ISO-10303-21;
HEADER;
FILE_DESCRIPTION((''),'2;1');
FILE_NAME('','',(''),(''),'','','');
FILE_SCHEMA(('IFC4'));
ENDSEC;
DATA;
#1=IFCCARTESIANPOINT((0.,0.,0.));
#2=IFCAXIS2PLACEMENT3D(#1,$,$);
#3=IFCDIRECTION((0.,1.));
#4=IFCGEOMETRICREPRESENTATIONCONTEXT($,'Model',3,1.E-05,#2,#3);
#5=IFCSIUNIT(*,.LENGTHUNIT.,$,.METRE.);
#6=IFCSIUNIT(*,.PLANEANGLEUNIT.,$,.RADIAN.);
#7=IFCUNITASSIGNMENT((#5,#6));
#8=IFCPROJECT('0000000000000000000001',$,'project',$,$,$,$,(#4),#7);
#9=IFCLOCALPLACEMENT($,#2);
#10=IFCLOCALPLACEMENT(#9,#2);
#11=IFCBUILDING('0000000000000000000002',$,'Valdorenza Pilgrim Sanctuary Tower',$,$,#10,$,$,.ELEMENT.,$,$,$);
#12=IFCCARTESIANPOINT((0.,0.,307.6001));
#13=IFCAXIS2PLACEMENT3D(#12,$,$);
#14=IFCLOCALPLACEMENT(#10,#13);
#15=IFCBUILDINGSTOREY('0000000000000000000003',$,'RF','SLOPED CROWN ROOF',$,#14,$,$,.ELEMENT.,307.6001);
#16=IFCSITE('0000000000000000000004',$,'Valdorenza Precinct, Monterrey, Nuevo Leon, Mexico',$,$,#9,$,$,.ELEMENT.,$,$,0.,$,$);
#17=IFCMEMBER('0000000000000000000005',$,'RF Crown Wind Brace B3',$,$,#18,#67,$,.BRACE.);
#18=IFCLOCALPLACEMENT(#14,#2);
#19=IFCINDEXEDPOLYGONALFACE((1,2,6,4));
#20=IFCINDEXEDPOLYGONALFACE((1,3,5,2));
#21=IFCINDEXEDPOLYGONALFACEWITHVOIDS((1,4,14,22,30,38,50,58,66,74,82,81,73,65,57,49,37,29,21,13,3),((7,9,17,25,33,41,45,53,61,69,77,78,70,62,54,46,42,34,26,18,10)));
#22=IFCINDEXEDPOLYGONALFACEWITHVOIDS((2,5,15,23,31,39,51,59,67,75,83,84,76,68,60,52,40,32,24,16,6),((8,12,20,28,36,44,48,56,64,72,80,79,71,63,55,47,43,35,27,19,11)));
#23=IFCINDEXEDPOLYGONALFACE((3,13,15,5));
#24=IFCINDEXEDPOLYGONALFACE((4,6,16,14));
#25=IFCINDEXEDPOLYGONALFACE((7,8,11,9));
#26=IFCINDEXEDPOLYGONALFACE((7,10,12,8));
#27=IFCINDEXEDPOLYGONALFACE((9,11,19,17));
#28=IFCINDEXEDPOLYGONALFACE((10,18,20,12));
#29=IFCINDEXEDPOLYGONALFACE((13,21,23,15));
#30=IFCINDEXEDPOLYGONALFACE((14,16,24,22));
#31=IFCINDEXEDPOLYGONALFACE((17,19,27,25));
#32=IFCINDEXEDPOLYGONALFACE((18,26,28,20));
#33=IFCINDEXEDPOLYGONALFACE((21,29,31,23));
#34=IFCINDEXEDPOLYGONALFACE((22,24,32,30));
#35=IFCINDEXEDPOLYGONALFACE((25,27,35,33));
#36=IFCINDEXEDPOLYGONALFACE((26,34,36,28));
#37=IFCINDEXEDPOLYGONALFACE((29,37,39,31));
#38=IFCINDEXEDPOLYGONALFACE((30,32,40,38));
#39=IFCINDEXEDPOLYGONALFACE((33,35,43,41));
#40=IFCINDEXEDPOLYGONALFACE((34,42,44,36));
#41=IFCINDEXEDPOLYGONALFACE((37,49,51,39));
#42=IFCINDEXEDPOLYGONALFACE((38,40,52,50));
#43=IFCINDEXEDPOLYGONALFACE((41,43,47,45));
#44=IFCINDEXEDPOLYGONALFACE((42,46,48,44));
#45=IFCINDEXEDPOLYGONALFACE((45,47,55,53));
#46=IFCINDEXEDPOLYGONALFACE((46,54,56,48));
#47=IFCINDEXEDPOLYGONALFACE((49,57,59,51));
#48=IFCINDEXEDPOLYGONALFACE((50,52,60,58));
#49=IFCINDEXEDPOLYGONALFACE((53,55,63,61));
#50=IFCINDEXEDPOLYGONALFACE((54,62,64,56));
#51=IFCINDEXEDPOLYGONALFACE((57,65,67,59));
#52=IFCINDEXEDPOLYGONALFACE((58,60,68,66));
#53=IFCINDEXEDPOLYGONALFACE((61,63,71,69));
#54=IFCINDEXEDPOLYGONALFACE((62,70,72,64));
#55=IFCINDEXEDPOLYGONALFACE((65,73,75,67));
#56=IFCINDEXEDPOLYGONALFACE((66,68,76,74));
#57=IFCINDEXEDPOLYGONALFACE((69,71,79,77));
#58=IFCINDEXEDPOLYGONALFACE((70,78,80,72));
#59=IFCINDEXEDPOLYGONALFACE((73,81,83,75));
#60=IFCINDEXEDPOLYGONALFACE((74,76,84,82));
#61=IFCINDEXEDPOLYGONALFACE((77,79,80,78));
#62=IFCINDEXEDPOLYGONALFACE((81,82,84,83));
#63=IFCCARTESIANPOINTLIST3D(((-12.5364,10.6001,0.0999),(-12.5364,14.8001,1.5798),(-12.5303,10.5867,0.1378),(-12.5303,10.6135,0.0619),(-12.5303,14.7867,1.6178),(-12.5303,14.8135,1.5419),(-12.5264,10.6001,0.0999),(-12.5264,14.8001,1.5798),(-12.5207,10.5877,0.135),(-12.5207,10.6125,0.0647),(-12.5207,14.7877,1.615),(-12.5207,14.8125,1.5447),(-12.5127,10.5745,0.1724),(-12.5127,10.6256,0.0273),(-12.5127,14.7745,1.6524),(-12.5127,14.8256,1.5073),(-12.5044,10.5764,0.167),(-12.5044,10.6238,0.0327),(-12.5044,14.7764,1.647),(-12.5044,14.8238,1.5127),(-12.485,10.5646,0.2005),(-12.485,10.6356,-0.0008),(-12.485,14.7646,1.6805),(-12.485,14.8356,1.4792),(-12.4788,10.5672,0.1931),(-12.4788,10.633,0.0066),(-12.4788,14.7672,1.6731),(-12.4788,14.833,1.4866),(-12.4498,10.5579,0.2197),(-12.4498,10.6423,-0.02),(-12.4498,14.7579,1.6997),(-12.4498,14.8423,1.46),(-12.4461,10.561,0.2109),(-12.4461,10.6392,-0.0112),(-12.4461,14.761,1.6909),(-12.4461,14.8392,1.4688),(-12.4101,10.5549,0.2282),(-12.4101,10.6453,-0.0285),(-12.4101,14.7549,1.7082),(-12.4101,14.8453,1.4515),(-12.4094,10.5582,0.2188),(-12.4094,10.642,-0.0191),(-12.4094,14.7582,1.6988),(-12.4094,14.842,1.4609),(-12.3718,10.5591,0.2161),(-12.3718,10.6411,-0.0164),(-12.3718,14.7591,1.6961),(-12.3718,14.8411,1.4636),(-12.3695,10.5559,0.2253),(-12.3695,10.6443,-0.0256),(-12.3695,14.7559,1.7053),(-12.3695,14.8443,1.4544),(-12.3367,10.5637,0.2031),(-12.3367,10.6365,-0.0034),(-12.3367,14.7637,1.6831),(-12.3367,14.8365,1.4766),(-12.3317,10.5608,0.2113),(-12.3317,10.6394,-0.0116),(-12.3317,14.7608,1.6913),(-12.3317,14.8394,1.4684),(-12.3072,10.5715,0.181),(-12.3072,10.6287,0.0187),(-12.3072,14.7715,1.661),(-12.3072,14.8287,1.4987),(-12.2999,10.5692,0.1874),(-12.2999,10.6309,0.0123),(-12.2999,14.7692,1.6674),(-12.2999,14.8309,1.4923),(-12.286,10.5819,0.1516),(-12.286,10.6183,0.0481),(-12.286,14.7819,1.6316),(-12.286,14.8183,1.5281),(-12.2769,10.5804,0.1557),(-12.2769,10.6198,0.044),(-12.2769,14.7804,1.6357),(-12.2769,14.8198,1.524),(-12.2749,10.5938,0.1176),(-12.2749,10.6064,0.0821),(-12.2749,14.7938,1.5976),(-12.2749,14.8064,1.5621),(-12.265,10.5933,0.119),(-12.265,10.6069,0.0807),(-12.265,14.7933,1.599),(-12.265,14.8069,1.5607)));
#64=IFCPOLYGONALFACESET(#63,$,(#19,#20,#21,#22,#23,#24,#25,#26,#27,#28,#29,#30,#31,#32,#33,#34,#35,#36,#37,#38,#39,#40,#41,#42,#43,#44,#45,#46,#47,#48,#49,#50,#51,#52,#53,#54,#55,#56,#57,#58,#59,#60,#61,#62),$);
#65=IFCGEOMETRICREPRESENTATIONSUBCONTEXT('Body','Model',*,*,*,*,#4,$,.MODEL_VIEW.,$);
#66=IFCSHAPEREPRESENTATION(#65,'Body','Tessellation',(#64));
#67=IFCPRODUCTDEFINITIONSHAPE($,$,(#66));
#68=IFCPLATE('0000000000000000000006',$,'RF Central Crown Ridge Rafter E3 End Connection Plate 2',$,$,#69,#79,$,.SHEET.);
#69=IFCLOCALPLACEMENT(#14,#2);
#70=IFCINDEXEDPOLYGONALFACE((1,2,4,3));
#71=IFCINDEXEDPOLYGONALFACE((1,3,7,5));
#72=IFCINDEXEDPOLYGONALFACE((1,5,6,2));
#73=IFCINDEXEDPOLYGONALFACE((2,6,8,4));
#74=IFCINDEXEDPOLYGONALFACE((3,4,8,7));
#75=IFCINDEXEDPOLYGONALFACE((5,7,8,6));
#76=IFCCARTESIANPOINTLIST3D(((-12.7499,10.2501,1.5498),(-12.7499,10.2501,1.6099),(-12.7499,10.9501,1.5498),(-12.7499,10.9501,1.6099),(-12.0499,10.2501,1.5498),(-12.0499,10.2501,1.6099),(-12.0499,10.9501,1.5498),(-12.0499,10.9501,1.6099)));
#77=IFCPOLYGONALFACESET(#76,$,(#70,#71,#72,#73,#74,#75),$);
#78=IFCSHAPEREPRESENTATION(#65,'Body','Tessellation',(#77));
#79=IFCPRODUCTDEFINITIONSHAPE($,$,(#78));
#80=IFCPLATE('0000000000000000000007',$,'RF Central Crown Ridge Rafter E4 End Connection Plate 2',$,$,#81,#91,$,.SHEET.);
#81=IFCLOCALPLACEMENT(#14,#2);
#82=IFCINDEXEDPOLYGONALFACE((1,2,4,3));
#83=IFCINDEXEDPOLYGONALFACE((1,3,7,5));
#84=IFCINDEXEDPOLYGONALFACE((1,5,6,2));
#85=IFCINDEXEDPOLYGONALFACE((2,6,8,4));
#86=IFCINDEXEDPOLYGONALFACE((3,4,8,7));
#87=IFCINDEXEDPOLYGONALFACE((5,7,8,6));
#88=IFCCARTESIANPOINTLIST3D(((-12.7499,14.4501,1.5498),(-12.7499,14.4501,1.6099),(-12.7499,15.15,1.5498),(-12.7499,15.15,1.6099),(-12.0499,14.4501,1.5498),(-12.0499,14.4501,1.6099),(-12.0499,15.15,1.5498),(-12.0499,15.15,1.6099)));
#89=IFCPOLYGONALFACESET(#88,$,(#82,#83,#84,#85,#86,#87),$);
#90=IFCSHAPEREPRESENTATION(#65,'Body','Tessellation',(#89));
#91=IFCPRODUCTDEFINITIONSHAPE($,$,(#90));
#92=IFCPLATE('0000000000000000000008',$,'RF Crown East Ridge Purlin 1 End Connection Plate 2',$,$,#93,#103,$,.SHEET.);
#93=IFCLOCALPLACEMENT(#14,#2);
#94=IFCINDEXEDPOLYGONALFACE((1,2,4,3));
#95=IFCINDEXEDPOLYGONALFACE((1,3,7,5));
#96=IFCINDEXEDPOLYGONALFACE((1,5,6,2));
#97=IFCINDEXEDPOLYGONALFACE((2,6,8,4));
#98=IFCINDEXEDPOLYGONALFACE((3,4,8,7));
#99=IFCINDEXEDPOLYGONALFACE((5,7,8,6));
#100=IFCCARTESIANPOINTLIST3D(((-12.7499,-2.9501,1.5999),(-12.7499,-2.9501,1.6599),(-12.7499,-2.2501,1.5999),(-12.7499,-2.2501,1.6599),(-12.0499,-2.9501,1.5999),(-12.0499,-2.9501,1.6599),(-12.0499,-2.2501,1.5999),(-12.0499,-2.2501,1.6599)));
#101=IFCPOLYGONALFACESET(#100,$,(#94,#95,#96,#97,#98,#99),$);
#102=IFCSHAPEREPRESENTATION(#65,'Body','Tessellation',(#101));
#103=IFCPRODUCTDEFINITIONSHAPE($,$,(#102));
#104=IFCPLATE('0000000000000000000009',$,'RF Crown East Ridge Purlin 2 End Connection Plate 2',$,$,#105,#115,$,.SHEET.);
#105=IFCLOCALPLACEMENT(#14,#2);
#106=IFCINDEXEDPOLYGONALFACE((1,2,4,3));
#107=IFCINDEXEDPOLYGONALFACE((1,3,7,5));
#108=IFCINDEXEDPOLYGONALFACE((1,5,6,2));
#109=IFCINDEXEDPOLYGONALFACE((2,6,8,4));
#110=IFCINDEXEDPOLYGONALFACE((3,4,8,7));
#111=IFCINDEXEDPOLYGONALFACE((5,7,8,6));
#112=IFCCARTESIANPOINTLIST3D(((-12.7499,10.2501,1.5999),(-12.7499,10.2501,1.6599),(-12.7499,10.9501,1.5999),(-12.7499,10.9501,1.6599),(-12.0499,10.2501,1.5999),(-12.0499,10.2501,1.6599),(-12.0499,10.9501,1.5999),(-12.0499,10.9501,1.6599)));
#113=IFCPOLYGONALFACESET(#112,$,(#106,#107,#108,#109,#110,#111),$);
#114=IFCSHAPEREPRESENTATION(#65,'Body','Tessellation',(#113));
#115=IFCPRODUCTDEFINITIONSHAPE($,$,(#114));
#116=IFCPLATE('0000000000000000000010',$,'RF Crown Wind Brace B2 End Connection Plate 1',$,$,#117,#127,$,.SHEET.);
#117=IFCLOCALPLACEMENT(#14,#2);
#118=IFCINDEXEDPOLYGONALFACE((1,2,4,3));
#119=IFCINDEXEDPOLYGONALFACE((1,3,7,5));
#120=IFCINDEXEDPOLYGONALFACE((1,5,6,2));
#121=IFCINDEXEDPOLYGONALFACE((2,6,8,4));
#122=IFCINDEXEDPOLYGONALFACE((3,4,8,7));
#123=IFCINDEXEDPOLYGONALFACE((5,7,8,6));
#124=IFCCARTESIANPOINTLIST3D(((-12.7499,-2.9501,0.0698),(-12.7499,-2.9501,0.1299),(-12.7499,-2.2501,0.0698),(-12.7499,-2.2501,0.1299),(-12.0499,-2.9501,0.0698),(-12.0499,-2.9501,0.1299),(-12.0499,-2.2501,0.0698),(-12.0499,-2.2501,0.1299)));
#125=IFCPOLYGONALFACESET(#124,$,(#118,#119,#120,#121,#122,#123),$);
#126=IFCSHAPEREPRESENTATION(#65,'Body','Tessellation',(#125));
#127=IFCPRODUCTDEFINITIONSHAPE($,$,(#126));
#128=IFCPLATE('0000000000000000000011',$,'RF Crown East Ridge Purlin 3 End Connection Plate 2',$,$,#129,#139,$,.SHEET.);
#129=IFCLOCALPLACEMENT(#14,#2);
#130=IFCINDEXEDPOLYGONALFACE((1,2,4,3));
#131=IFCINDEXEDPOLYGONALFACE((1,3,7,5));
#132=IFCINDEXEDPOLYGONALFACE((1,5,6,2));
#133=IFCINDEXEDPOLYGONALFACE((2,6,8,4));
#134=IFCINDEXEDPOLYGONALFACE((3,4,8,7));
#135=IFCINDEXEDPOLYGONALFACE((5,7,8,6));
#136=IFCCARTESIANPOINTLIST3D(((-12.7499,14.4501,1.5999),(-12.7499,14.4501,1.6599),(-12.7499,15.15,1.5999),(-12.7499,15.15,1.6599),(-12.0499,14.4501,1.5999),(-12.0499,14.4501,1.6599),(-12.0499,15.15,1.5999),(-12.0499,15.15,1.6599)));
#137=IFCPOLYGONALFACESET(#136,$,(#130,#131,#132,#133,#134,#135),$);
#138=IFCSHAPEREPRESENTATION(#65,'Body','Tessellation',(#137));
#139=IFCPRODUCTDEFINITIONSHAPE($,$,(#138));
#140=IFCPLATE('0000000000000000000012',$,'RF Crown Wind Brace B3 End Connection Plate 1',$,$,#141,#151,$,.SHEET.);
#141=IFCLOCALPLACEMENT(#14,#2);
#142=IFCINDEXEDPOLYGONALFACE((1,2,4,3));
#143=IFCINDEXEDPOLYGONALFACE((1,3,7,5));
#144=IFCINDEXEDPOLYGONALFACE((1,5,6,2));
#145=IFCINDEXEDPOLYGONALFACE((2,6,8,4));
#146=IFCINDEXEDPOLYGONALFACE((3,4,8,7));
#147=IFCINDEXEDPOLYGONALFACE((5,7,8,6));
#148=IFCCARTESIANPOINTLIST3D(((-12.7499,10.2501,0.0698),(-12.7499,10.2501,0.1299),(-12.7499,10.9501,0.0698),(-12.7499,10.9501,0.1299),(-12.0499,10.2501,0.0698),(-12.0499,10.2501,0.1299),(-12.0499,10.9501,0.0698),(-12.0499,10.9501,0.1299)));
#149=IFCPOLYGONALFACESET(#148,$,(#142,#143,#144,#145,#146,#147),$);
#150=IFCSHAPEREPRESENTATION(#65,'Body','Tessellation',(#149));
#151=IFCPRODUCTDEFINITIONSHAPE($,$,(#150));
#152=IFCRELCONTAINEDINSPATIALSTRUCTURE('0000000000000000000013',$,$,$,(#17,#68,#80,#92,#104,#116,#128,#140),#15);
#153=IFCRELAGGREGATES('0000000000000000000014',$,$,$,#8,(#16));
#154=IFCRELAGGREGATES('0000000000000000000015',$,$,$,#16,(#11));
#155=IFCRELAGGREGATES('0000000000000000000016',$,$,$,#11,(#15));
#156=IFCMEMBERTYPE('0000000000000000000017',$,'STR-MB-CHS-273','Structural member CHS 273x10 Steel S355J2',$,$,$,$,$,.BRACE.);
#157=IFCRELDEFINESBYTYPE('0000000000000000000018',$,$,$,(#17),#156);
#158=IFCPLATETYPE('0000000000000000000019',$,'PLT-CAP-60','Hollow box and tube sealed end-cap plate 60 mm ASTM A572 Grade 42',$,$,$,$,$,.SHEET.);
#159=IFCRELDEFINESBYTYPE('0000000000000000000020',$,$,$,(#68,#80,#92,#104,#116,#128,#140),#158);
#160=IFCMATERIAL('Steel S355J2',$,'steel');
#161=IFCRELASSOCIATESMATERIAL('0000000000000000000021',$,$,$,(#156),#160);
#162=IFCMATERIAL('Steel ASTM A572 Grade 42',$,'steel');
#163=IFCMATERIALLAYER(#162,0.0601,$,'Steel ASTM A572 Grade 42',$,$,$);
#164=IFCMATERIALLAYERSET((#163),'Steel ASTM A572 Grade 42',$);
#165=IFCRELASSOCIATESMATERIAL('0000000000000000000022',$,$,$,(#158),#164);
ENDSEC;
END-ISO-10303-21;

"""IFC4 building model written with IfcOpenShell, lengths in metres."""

from ifc_helpers import new_model, si_unit, direction, frame, origin, origin_2d, place, context, subcontext, project, spatial, rectangle, hollow_circle, extrude, source, transform, mapped, material, layer, layer_set, material_profile, profile_set, type_object, element, save


model = new_model("IFC4")

# Units and contexts
model_context = context("Model", 3, precision=1e-05, world=origin(), true_north=direction((0.0, 1.0)))
body_context = subcontext(model_context, "Body", "Model", "MODEL_VIEW")
ifc_project = project(units=[si_unit("LENGTHUNIT", "METRE"), si_unit("PLANEANGLEUNIT", "RADIAN")], contexts=[model_context])

# Site, building, storey
site_placement = place(None, origin())
site = spatial("IfcSite", under=ifc_project, at=site_placement, Name="Valdorenza Precinct, Monterrey, Nuevo Leon, Mexico", CompositionType="ELEMENT", RefElevation=0.0)
building_placement = place(site_placement, origin())
building = spatial("IfcBuilding", under=site, at=building_placement, Name="Valdorenza Pilgrim Sanctuary Tower", CompositionType="ELEMENT")
storey_placement = place(building_placement, frame((0.0, 0.0, 307.6001)))
storey = spatial("IfcBuildingStorey", under=building, at=storey_placement, Name="RF", Description="SLOPED CROWN ROOF", CompositionType="ELEMENT", Elevation=307.6001)

# Member
ifc_material_1 = material(Name="Steel S355J2", Category="steel")
ifc_material_profile_1 = material_profile(ifc_material_1, hollow_circle(Radius=0.1365, WallThickness=0.01, at=origin_2d()), Name="CHS 273x10")
ifc_profile_set_1 = profile_set([ifc_material_profile_1], Name="Steel S355J2")
member_type_1 = type_object("IfcMemberType", Name="STR-MB-CHS-273", Description="Structural member CHS 273x10 Steel S355J2", PredefinedType="BRACE", material=ifc_profile_set_1)
shared_shape_1 = source(origin(), body_context, "Body", "SweptSolid", [
    extrude(hollow_circle(Radius=0.1365, WallThickness=0.01, at=origin_2d()), origin(), (0.0, 0.0, 1.0), 4.4531),
])
member_1_placement = place(storey_placement, frame((-12.3999, 10.6001, 0.0999), z_axis=(0.0, 0.943156, 0.33235), x_axis=(-1.0, 0.0, 0.0)))
element("IfcMember", 1, at=member_1_placement, inside=storey, type_object=member_type_1, Name="RF Crown Wind Brace B3", PredefinedType="BRACE", context=body_context, shape_type="MappedRepresentation", body=[
    mapped(shared_shape_1, transform((0.0, 0.0, 0.0), x_axis=(1.0, 0.0, 0.0), y_axis=(0.0, 1.0, 0.0), z_axis=(0.0, 0.0, 1.0), scale=1.0)),
])

# Plates
ifc_material_2 = material(Name="Steel ASTM A572 Grade 42", Category="steel")
ifc_layer_1 = layer(ifc_material_2, 0.0601, Name="Steel ASTM A572 Grade 42")
ifc_layer_set_1 = layer_set([ifc_layer_1], Name="Steel ASTM A572 Grade 42")
plate_type = type_object("IfcPlateType", Name="PLT-CAP-60", Description="Hollow box and tube sealed end-cap plate 60 mm ASTM A572 Grade 42", PredefinedType="SHEET", material=ifc_layer_set_1)
shared_shape_2 = source(origin(), body_context, "Body", "SweptSolid", [
    extrude(rectangle(XDim=0.7, YDim=0.7, at=origin_2d()), origin(), (0.0, 0.0, 1.0), 0.0601),
])
for number, where, z_axis, x_axis, name in (
    (2, (-12.3999, 10.6001, 1.5498), (0.0, 0.0, 1.0), (1.0, 0.0, 0.0), "RF Central Crown Ridge Rafter E3 End Connection Plate 2"),
    (3, (-12.3999, 14.8, 1.5498), (0.0, 0.0, 1.0), (1.0, 0.0, 0.0), "RF Central Crown Ridge Rafter E4 End Connection Plate 2"),
    (4, (-12.3999, -2.6001, 1.5999), (0.0, 0.0, 1.0), (1.0, 0.0, 0.0), "RF Crown East Ridge Purlin 1 End Connection Plate 2"),
    (5, (-12.3999, 10.6001, 1.5999), (0.0, 0.0, 1.0), (1.0, 0.0, 0.0), "RF Crown East Ridge Purlin 2 End Connection Plate 2"),
    (6, (-12.3999, -2.6001, 0.0698), (0.0, 0.0, 1.0), (1.0, 0.0, 0.0), "RF Crown Wind Brace B2 End Connection Plate 1"),
    (7, (-12.3999, 14.8, 1.5999), (0.0, 0.0, 1.0), (1.0, 0.0, 0.0), "RF Crown East Ridge Purlin 3 End Connection Plate 2"),
    (8, (-12.3999, 10.6001, 0.0698), (0.0, 0.0, 1.0), (1.0, 0.0, 0.0), "RF Crown Wind Brace B3 End Connection Plate 1"),
):
    element("IfcPlate", number, at=place(storey_placement, frame(where, z_axis=z_axis, x_axis=x_axis)), inside=storey, type_object=plate_type, Name=name, PredefinedType="SHEET", context=body_context, shape_type="MappedRepresentation", body=[
        mapped(shared_shape_2, transform((0.0, 0.0, 0.0), x_axis=(1.0, 0.0, 0.0), y_axis=(0.0, 1.0, 0.0), z_axis=(0.0, 0.0, 1.0), scale=1.0)),
    ])

save(model, "model.ifc")
